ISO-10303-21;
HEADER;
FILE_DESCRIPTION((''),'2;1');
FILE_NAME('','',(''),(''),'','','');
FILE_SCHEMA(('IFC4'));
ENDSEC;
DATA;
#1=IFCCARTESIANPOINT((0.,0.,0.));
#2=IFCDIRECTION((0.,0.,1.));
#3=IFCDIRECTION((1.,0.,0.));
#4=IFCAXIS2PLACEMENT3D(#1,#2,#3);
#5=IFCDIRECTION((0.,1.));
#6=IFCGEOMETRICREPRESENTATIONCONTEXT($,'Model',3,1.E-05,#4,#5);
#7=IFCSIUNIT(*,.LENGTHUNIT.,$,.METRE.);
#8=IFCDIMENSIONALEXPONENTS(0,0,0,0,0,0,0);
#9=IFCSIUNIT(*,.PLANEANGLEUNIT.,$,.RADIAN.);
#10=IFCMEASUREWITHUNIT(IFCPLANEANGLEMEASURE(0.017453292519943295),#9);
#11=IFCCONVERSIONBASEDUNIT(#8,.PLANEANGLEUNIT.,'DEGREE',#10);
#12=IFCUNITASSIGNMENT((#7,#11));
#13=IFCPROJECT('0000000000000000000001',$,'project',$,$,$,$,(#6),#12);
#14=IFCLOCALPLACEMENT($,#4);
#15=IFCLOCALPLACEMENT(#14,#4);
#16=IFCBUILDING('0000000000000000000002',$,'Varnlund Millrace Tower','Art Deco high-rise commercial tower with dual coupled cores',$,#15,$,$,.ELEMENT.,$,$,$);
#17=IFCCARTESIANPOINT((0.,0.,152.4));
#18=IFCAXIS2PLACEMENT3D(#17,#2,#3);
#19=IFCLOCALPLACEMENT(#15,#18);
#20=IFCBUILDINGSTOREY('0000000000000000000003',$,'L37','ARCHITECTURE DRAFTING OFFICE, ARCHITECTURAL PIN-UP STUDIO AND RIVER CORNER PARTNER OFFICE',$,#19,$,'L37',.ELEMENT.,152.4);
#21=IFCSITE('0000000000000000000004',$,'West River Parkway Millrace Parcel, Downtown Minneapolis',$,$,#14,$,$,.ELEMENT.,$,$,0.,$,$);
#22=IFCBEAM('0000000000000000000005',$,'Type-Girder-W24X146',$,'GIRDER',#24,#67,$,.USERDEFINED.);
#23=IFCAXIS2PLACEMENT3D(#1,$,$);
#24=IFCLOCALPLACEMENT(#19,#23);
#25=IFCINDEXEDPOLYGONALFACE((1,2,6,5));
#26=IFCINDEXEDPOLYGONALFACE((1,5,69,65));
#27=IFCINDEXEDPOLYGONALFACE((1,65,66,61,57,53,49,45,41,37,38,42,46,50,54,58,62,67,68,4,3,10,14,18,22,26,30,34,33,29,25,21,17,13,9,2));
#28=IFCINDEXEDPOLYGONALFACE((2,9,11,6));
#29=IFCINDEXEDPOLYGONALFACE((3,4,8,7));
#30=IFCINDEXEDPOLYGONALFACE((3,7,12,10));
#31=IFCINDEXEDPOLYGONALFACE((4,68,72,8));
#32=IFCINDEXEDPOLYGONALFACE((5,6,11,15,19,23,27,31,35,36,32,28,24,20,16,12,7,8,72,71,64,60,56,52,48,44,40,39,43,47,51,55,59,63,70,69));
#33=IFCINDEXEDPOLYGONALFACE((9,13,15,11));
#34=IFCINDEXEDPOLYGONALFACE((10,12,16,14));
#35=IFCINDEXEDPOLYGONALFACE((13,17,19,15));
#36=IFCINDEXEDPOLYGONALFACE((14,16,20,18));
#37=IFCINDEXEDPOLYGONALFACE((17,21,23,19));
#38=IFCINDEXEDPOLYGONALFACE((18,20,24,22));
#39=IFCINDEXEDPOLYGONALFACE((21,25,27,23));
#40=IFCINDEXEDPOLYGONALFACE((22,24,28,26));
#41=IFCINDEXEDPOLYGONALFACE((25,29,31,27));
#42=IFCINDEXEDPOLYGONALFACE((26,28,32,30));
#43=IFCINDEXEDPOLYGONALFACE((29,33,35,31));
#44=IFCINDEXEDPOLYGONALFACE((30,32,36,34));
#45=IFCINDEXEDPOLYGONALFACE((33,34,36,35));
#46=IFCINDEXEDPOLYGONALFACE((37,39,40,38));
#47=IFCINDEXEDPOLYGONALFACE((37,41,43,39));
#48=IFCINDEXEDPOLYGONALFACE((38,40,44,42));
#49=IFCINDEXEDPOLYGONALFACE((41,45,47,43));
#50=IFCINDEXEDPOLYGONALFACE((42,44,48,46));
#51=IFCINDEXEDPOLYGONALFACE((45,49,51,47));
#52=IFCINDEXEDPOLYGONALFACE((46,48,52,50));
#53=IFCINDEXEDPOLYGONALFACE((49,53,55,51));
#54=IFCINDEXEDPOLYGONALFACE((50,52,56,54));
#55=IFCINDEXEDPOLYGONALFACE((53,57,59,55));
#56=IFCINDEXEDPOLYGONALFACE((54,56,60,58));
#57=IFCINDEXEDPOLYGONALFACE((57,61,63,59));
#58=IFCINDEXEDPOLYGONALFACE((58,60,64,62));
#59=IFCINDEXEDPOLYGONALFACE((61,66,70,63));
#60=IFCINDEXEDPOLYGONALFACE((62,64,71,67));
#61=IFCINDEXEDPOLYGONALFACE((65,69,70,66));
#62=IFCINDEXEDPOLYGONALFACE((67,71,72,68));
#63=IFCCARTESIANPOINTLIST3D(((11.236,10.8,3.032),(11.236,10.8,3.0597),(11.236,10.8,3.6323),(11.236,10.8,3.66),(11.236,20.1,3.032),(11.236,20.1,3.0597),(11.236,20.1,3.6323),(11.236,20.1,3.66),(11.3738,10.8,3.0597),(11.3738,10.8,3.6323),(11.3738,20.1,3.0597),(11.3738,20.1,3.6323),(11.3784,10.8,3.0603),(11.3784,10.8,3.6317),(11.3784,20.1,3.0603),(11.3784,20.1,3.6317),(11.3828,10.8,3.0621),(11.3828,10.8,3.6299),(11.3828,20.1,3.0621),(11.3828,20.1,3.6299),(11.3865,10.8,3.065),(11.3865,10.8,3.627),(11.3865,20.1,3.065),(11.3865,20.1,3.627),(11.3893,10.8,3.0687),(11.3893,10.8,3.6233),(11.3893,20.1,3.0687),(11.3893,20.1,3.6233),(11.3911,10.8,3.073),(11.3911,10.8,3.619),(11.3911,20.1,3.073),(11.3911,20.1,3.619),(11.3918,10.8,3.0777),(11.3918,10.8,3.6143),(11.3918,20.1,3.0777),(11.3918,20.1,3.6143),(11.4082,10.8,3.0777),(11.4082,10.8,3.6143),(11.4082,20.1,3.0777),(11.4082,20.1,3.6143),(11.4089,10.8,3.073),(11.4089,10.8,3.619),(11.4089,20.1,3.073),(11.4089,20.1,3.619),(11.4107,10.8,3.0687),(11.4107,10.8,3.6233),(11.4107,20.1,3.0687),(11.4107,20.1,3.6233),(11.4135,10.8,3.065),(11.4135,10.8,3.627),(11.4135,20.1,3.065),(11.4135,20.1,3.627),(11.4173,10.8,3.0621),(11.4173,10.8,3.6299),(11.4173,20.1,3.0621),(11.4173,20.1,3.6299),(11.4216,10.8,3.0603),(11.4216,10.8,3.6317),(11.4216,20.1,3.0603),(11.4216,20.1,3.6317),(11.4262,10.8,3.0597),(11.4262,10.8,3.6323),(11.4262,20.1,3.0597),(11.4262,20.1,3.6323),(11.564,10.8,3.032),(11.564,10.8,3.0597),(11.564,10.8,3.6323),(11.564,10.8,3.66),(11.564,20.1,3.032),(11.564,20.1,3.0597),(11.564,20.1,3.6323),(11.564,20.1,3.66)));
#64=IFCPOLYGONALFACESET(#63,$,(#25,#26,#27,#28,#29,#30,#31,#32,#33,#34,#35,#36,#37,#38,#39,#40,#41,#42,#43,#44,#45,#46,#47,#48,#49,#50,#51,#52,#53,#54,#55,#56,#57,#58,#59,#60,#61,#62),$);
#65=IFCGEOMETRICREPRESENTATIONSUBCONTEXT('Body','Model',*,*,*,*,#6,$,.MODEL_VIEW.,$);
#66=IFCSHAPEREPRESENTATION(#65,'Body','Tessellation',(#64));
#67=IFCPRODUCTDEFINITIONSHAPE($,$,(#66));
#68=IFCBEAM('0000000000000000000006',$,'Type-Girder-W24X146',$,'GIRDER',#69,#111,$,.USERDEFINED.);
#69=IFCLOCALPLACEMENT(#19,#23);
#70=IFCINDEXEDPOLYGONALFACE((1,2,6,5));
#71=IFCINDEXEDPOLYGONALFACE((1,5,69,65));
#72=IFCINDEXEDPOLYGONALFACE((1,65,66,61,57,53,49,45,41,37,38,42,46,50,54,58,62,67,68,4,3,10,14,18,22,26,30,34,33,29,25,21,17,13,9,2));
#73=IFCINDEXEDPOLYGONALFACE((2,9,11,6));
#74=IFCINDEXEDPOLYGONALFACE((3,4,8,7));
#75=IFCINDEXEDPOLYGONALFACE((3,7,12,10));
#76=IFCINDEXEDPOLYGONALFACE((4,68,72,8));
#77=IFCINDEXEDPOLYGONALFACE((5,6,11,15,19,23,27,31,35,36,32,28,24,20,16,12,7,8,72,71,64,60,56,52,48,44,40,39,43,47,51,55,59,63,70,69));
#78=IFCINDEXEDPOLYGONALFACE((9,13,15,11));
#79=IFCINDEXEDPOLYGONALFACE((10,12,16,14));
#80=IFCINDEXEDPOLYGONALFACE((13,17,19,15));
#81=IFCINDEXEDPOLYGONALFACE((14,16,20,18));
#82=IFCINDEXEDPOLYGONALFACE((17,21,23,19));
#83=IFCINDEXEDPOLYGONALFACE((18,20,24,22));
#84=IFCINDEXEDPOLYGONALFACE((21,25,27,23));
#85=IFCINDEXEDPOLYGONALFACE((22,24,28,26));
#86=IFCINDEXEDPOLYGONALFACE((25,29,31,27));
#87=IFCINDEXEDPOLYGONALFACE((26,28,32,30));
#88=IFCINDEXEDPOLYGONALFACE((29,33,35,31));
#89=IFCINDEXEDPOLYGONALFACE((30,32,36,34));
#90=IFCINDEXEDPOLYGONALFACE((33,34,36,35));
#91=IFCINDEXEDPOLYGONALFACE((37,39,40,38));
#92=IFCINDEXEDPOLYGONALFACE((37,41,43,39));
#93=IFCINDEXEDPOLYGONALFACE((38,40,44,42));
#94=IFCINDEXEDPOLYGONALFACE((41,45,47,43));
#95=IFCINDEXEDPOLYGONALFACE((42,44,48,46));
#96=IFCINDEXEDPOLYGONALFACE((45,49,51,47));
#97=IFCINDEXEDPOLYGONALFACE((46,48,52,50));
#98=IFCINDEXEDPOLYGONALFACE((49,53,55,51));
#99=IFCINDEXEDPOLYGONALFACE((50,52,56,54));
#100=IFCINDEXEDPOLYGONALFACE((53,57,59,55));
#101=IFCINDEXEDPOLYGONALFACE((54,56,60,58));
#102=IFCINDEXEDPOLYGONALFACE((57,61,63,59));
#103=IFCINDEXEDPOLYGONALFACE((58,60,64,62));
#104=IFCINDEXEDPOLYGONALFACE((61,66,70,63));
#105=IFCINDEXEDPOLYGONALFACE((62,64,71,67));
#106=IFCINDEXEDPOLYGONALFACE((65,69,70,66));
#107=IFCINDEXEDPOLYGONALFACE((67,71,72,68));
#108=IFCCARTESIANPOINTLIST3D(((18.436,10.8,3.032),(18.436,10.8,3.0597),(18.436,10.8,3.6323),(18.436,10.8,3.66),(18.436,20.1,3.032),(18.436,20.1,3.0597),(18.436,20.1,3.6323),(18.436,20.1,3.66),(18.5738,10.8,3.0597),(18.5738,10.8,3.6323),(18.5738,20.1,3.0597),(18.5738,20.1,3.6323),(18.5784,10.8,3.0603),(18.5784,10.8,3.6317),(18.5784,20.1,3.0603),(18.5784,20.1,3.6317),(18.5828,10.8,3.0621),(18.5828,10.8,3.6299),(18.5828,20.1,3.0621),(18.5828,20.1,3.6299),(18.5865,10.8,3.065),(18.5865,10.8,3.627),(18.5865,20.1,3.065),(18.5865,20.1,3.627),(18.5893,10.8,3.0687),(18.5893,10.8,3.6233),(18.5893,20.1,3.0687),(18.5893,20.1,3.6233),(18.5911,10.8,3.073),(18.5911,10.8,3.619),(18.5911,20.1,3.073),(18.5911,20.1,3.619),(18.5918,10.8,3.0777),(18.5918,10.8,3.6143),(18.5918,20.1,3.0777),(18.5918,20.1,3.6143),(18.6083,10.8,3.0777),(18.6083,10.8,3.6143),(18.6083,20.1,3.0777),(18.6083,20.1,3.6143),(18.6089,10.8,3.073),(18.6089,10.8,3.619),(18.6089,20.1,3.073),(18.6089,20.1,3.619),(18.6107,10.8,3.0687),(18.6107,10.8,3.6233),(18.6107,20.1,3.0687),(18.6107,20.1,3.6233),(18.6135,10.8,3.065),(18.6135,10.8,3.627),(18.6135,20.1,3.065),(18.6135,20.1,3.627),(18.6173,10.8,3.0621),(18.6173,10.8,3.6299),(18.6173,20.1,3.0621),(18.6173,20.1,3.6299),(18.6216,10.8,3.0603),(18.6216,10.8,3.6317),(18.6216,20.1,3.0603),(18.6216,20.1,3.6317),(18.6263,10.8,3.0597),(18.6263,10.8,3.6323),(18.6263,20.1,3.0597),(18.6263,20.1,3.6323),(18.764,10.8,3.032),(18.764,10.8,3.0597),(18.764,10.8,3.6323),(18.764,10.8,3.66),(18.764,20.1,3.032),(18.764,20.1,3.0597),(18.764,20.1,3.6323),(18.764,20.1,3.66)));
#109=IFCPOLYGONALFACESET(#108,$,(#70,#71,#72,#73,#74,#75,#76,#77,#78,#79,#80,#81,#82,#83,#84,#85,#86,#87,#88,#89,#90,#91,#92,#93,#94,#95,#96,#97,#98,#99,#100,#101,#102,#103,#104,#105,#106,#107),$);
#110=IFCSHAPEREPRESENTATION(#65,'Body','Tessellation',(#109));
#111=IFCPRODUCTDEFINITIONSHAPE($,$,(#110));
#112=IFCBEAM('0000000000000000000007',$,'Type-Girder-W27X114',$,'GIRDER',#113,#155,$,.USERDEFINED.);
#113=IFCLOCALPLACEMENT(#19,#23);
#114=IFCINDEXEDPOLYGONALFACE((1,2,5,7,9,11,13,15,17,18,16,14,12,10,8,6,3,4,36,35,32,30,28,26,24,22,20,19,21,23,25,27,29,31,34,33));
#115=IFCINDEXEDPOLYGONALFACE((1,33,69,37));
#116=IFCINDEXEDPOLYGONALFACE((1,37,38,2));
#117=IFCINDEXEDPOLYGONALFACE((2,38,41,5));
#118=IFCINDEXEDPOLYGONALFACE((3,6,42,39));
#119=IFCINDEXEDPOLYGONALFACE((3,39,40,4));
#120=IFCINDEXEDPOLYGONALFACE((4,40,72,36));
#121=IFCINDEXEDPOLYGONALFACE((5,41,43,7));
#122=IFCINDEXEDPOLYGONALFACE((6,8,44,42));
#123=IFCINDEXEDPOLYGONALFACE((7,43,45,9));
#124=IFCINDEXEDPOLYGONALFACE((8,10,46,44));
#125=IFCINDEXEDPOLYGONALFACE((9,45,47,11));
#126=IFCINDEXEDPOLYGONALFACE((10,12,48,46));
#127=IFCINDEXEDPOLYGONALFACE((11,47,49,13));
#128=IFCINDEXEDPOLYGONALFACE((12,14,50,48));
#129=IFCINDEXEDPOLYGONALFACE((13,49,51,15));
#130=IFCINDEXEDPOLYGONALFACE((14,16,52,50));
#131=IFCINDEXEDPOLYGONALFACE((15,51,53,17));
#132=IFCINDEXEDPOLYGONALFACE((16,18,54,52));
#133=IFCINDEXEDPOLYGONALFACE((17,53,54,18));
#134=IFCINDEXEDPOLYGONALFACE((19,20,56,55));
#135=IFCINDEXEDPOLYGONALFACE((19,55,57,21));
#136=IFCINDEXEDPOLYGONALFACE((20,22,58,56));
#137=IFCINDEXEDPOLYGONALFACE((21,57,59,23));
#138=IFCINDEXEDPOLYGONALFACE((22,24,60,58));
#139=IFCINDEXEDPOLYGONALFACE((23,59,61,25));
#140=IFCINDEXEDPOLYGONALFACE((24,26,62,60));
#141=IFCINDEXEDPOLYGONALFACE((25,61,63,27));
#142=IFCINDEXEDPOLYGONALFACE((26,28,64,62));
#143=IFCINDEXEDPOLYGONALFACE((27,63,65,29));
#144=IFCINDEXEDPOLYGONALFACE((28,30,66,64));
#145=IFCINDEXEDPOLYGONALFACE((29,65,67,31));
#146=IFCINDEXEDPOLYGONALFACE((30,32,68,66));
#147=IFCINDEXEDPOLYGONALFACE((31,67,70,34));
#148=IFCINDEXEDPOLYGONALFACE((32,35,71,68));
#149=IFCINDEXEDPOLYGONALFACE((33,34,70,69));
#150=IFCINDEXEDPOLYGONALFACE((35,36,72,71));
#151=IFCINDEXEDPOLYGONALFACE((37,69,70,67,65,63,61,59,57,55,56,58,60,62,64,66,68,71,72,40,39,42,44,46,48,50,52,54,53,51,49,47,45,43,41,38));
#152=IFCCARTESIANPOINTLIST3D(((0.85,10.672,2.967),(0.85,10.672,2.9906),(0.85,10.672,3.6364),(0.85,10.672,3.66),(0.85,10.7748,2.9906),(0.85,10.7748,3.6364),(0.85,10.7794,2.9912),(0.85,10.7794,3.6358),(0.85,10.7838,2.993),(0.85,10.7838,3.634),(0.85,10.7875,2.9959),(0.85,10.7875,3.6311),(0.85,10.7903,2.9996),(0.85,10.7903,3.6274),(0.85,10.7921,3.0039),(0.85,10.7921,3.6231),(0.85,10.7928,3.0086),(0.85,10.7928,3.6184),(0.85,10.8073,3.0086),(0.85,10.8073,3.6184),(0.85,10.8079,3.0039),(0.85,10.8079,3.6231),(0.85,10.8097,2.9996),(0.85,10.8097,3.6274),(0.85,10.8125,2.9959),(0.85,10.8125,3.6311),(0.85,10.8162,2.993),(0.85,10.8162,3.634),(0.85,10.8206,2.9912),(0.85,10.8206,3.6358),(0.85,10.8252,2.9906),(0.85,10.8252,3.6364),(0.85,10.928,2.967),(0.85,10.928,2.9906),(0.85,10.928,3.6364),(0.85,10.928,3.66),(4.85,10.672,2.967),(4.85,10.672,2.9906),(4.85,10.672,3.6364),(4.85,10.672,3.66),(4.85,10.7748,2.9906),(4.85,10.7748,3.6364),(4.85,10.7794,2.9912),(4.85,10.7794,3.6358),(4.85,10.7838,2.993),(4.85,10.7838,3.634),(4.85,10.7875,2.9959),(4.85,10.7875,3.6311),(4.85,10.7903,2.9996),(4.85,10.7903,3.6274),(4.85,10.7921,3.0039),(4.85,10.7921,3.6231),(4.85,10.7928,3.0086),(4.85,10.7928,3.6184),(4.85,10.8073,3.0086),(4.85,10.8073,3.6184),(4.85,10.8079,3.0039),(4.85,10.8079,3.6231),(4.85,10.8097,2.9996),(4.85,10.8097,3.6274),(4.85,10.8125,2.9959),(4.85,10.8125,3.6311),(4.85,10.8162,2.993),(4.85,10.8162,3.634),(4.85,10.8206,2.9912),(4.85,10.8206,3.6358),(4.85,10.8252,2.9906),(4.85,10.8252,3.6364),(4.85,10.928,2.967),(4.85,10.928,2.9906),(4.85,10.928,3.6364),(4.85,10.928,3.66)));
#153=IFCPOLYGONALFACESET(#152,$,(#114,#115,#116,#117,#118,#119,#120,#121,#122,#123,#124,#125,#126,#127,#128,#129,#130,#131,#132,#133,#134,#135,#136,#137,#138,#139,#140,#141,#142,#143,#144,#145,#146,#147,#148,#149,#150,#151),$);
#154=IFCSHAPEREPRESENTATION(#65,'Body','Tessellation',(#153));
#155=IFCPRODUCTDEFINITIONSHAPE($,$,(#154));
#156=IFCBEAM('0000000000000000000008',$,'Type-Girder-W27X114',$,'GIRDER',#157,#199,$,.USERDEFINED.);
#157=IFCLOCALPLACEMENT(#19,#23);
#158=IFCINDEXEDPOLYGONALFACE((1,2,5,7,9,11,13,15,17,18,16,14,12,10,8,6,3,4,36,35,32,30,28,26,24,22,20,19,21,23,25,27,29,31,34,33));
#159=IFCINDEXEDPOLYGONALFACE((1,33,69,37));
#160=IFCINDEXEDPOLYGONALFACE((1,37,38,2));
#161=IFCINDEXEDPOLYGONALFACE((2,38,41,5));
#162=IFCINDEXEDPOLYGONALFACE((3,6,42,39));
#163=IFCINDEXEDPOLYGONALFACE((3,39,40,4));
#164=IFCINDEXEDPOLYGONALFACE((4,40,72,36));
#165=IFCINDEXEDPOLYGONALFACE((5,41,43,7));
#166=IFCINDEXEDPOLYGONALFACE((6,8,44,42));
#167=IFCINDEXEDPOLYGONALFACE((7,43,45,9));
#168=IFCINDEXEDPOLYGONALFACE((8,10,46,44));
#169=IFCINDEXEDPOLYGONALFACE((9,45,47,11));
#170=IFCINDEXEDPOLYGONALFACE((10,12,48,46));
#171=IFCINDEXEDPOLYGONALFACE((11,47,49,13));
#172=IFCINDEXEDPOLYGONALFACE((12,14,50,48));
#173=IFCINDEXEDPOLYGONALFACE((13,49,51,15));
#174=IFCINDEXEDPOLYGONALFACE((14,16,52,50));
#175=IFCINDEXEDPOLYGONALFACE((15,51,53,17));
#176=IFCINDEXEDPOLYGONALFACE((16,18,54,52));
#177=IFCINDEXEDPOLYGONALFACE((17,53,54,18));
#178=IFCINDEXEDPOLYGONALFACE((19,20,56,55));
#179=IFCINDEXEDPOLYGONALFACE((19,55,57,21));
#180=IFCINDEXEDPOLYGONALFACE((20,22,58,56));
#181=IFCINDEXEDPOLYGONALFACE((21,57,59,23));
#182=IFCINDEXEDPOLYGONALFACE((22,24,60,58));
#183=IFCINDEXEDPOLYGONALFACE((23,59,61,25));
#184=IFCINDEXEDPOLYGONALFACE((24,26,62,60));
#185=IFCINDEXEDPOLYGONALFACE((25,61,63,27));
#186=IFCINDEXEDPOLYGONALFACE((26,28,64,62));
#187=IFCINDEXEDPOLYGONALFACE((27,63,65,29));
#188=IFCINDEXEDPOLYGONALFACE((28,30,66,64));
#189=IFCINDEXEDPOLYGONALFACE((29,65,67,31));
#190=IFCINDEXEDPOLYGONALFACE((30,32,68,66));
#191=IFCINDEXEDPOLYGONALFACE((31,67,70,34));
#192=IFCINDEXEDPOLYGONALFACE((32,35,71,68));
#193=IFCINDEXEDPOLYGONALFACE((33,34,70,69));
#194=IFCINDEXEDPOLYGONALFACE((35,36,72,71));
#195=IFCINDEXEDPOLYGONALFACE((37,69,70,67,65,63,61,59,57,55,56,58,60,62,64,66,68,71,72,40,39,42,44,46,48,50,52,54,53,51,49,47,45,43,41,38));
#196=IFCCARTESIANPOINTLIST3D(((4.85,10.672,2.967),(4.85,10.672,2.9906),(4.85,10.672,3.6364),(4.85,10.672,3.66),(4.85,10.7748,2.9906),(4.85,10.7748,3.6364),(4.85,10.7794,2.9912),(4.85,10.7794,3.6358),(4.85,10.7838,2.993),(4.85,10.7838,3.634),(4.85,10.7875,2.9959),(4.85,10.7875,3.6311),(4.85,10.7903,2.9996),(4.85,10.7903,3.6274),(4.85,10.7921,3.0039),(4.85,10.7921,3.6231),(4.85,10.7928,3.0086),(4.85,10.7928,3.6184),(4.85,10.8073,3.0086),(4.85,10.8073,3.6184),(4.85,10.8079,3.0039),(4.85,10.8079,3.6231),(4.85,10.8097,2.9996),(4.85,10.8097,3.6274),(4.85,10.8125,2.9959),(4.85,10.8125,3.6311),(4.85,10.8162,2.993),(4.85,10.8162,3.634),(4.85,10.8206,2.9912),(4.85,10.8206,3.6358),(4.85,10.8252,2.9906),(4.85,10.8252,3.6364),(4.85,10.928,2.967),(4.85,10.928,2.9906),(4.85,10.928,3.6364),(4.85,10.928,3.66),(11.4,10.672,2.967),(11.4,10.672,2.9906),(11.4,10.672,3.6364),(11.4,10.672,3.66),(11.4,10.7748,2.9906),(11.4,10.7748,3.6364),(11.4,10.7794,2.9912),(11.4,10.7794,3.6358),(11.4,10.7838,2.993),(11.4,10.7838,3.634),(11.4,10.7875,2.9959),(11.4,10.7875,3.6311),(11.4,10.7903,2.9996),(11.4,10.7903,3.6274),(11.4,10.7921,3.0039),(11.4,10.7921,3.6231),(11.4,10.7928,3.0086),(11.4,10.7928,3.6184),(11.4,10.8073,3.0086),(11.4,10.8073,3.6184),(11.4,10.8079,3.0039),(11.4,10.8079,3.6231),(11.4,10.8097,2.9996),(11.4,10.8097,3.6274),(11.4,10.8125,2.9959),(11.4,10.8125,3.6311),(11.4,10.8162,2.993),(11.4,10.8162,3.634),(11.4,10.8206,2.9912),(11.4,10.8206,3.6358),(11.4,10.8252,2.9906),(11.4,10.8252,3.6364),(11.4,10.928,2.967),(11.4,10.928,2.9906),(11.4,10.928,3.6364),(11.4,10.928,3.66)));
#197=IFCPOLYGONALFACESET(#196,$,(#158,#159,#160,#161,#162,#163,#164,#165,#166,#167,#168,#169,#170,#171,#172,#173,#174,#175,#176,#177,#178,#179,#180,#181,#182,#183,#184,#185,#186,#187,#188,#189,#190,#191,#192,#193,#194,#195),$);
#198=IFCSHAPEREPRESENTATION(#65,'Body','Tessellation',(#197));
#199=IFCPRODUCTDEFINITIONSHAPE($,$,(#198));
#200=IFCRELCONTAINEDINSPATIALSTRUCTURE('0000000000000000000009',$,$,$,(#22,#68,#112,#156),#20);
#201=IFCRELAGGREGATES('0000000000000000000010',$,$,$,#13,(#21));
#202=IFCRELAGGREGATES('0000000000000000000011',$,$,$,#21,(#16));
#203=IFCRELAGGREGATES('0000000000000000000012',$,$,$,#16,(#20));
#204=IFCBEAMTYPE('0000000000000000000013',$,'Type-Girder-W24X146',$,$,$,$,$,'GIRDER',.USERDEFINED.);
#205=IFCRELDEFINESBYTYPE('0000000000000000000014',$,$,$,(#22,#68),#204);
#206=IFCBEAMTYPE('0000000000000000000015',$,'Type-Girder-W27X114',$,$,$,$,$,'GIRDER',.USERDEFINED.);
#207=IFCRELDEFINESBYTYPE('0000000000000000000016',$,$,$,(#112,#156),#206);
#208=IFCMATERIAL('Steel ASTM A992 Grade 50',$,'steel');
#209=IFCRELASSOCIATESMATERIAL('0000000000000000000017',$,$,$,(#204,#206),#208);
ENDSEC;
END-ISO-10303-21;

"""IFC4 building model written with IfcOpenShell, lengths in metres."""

from ifc_helpers import new_model, entity, si_unit, converted_unit, direction, frame, origin_with_axes, origin_2d_with_axis, place, context, subcontext, project, spatial, i_section, extrude, material, material_profile, profile_set, type_object, element, save


model = new_model("IFC4")

# Units and contexts
model_context = context("Model", 3, precision=1e-05, world=origin_with_axes(), true_north=direction((0.0, 1.0)))
body_context = subcontext(model_context, "Body", "Model", "MODEL_VIEW")
ifc_project = project(units=[si_unit("LENGTHUNIT", "METRE"), converted_unit("PLANEANGLEUNIT", "DEGREE", entity("IfcPlaneAngleMeasure", 0.017453292519943295), si_unit("PLANEANGLEUNIT", "RADIAN"), dimensions=[0, 0, 0, 0, 0, 0, 0])], contexts=[model_context])

# Site, building, storey
site_placement = place(None, origin_with_axes())
site = spatial("IfcSite", under=ifc_project, at=site_placement, Name="West River Parkway Millrace Parcel, Downtown Minneapolis", CompositionType="ELEMENT", RefElevation=0.0)
building_placement = place(site_placement, origin_with_axes())
building = spatial("IfcBuilding", under=site, at=building_placement, Name="Varnlund Millrace Tower", Description="Art Deco high-rise commercial tower with dual coupled cores", CompositionType="ELEMENT")
storey_placement = place(building_placement, frame((0.0, 0.0, 152.4), z_axis=(0.0, 0.0, 1.0), x_axis=(1.0, 0.0, 0.0)))
storey = spatial("IfcBuildingStorey", under=building, at=storey_placement, Name="L37", Description="ARCHITECTURE DRAFTING OFFICE, ARCHITECTURAL PIN-UP STUDIO AND RIVER CORNER PARTNER OFFICE", LongName="L37", CompositionType="ELEMENT", Elevation=152.4)

# Beams
ifc_material_1 = material(Name="Steel ASTM A992 Grade 50", Category="steel")
ifc_material_profile_1 = material_profile(ifc_material_1, i_section(OverallWidth=0.328, OverallDepth=0.628, WebThickness=0.0165, FlangeThickness=0.0277, FilletRadius=0.018, at=origin_2d_with_axis()), Name="Steel ASTM A992 Grade 50")
ifc_profile_set_1 = profile_set([ifc_material_profile_1], Name="Steel ASTM A992 Grade 50")
beam_type_1 = type_object("IfcBeamType", Name="Type-Girder-W24X146", ElementType="GIRDER", PredefinedType="USERDEFINED", material=ifc_profile_set_1)
for number, where, z_axis, x_axis, name in (
    (1, (11.4, 10.8, 3.346), (0.0, 1.0, 0.0), (-1.0, 0.0, 0.0), "Type-Girder-W24X146"),
    (2, (18.6, 10.8, 3.346), (0.0, 1.0, 0.0), (-1.0, 0.0, 0.0), "Type-Girder-W24X146"),
):
    element("IfcBeam", number, at=place(storey_placement, frame(where, z_axis=z_axis, x_axis=x_axis)), inside=storey, type_object=beam_type_1, Name=name, ObjectType="GIRDER", PredefinedType="USERDEFINED", context=body_context, shape_type="SweptSolid", body=[
        extrude(i_section(OverallWidth=0.328, OverallDepth=0.628, WebThickness=0.0165, FlangeThickness=0.0277, FilletRadius=0.018, at=origin_2d_with_axis()), origin_with_axes(), (0.0, 0.0, 1.0), 9.3),
    ])
ifc_material_profile_2 = material_profile(ifc_material_1, i_section(OverallWidth=0.256, OverallDepth=0.693, WebThickness=0.0145, FlangeThickness=0.0236, FilletRadius=0.018, at=origin_2d_with_axis()), Name="Steel ASTM A992 Grade 50")
ifc_profile_set_2 = profile_set([ifc_material_profile_2], Name="Steel ASTM A992 Grade 50")
beam_type_2 = type_object("IfcBeamType", Name="Type-Girder-W27X114", ElementType="GIRDER", PredefinedType="USERDEFINED", material=ifc_profile_set_2)
beam_1_placement = place(storey_placement, frame((0.85, 10.8, 3.3135), z_axis=(1.0, 0.0, 0.0), x_axis=(0.0, 1.0, 0.0)))
element("IfcBeam", 3, at=beam_1_placement, inside=storey, type_object=beam_type_2, Name="Type-Girder-W27X114", ObjectType="GIRDER", PredefinedType="USERDEFINED", context=body_context, shape_type="SweptSolid", body=[
    extrude(i_section(OverallWidth=0.256, OverallDepth=0.693, WebThickness=0.0145, FlangeThickness=0.0236, FilletRadius=0.018, at=origin_2d_with_axis()), origin_with_axes(), (0.0, 0.0, 1.0), 4.0),
])
beam_2_placement = place(storey_placement, frame((4.85, 10.8, 3.3135), z_axis=(1.0, 0.0, 0.0), x_axis=(0.0, 1.0, 0.0)))
element("IfcBeam", 4, at=beam_2_placement, inside=storey, type_object=beam_type_2, Name="Type-Girder-W27X114", ObjectType="GIRDER", PredefinedType="USERDEFINED", context=body_context, shape_type="SweptSolid", body=[
    extrude(i_section(OverallWidth=0.256, OverallDepth=0.693, WebThickness=0.0145, FlangeThickness=0.0236, FilletRadius=0.018, at=origin_2d_with_axis()), origin_with_axes(), (0.0, 0.0, 1.0), 6.55),
])

save(model, "model.ifc")
